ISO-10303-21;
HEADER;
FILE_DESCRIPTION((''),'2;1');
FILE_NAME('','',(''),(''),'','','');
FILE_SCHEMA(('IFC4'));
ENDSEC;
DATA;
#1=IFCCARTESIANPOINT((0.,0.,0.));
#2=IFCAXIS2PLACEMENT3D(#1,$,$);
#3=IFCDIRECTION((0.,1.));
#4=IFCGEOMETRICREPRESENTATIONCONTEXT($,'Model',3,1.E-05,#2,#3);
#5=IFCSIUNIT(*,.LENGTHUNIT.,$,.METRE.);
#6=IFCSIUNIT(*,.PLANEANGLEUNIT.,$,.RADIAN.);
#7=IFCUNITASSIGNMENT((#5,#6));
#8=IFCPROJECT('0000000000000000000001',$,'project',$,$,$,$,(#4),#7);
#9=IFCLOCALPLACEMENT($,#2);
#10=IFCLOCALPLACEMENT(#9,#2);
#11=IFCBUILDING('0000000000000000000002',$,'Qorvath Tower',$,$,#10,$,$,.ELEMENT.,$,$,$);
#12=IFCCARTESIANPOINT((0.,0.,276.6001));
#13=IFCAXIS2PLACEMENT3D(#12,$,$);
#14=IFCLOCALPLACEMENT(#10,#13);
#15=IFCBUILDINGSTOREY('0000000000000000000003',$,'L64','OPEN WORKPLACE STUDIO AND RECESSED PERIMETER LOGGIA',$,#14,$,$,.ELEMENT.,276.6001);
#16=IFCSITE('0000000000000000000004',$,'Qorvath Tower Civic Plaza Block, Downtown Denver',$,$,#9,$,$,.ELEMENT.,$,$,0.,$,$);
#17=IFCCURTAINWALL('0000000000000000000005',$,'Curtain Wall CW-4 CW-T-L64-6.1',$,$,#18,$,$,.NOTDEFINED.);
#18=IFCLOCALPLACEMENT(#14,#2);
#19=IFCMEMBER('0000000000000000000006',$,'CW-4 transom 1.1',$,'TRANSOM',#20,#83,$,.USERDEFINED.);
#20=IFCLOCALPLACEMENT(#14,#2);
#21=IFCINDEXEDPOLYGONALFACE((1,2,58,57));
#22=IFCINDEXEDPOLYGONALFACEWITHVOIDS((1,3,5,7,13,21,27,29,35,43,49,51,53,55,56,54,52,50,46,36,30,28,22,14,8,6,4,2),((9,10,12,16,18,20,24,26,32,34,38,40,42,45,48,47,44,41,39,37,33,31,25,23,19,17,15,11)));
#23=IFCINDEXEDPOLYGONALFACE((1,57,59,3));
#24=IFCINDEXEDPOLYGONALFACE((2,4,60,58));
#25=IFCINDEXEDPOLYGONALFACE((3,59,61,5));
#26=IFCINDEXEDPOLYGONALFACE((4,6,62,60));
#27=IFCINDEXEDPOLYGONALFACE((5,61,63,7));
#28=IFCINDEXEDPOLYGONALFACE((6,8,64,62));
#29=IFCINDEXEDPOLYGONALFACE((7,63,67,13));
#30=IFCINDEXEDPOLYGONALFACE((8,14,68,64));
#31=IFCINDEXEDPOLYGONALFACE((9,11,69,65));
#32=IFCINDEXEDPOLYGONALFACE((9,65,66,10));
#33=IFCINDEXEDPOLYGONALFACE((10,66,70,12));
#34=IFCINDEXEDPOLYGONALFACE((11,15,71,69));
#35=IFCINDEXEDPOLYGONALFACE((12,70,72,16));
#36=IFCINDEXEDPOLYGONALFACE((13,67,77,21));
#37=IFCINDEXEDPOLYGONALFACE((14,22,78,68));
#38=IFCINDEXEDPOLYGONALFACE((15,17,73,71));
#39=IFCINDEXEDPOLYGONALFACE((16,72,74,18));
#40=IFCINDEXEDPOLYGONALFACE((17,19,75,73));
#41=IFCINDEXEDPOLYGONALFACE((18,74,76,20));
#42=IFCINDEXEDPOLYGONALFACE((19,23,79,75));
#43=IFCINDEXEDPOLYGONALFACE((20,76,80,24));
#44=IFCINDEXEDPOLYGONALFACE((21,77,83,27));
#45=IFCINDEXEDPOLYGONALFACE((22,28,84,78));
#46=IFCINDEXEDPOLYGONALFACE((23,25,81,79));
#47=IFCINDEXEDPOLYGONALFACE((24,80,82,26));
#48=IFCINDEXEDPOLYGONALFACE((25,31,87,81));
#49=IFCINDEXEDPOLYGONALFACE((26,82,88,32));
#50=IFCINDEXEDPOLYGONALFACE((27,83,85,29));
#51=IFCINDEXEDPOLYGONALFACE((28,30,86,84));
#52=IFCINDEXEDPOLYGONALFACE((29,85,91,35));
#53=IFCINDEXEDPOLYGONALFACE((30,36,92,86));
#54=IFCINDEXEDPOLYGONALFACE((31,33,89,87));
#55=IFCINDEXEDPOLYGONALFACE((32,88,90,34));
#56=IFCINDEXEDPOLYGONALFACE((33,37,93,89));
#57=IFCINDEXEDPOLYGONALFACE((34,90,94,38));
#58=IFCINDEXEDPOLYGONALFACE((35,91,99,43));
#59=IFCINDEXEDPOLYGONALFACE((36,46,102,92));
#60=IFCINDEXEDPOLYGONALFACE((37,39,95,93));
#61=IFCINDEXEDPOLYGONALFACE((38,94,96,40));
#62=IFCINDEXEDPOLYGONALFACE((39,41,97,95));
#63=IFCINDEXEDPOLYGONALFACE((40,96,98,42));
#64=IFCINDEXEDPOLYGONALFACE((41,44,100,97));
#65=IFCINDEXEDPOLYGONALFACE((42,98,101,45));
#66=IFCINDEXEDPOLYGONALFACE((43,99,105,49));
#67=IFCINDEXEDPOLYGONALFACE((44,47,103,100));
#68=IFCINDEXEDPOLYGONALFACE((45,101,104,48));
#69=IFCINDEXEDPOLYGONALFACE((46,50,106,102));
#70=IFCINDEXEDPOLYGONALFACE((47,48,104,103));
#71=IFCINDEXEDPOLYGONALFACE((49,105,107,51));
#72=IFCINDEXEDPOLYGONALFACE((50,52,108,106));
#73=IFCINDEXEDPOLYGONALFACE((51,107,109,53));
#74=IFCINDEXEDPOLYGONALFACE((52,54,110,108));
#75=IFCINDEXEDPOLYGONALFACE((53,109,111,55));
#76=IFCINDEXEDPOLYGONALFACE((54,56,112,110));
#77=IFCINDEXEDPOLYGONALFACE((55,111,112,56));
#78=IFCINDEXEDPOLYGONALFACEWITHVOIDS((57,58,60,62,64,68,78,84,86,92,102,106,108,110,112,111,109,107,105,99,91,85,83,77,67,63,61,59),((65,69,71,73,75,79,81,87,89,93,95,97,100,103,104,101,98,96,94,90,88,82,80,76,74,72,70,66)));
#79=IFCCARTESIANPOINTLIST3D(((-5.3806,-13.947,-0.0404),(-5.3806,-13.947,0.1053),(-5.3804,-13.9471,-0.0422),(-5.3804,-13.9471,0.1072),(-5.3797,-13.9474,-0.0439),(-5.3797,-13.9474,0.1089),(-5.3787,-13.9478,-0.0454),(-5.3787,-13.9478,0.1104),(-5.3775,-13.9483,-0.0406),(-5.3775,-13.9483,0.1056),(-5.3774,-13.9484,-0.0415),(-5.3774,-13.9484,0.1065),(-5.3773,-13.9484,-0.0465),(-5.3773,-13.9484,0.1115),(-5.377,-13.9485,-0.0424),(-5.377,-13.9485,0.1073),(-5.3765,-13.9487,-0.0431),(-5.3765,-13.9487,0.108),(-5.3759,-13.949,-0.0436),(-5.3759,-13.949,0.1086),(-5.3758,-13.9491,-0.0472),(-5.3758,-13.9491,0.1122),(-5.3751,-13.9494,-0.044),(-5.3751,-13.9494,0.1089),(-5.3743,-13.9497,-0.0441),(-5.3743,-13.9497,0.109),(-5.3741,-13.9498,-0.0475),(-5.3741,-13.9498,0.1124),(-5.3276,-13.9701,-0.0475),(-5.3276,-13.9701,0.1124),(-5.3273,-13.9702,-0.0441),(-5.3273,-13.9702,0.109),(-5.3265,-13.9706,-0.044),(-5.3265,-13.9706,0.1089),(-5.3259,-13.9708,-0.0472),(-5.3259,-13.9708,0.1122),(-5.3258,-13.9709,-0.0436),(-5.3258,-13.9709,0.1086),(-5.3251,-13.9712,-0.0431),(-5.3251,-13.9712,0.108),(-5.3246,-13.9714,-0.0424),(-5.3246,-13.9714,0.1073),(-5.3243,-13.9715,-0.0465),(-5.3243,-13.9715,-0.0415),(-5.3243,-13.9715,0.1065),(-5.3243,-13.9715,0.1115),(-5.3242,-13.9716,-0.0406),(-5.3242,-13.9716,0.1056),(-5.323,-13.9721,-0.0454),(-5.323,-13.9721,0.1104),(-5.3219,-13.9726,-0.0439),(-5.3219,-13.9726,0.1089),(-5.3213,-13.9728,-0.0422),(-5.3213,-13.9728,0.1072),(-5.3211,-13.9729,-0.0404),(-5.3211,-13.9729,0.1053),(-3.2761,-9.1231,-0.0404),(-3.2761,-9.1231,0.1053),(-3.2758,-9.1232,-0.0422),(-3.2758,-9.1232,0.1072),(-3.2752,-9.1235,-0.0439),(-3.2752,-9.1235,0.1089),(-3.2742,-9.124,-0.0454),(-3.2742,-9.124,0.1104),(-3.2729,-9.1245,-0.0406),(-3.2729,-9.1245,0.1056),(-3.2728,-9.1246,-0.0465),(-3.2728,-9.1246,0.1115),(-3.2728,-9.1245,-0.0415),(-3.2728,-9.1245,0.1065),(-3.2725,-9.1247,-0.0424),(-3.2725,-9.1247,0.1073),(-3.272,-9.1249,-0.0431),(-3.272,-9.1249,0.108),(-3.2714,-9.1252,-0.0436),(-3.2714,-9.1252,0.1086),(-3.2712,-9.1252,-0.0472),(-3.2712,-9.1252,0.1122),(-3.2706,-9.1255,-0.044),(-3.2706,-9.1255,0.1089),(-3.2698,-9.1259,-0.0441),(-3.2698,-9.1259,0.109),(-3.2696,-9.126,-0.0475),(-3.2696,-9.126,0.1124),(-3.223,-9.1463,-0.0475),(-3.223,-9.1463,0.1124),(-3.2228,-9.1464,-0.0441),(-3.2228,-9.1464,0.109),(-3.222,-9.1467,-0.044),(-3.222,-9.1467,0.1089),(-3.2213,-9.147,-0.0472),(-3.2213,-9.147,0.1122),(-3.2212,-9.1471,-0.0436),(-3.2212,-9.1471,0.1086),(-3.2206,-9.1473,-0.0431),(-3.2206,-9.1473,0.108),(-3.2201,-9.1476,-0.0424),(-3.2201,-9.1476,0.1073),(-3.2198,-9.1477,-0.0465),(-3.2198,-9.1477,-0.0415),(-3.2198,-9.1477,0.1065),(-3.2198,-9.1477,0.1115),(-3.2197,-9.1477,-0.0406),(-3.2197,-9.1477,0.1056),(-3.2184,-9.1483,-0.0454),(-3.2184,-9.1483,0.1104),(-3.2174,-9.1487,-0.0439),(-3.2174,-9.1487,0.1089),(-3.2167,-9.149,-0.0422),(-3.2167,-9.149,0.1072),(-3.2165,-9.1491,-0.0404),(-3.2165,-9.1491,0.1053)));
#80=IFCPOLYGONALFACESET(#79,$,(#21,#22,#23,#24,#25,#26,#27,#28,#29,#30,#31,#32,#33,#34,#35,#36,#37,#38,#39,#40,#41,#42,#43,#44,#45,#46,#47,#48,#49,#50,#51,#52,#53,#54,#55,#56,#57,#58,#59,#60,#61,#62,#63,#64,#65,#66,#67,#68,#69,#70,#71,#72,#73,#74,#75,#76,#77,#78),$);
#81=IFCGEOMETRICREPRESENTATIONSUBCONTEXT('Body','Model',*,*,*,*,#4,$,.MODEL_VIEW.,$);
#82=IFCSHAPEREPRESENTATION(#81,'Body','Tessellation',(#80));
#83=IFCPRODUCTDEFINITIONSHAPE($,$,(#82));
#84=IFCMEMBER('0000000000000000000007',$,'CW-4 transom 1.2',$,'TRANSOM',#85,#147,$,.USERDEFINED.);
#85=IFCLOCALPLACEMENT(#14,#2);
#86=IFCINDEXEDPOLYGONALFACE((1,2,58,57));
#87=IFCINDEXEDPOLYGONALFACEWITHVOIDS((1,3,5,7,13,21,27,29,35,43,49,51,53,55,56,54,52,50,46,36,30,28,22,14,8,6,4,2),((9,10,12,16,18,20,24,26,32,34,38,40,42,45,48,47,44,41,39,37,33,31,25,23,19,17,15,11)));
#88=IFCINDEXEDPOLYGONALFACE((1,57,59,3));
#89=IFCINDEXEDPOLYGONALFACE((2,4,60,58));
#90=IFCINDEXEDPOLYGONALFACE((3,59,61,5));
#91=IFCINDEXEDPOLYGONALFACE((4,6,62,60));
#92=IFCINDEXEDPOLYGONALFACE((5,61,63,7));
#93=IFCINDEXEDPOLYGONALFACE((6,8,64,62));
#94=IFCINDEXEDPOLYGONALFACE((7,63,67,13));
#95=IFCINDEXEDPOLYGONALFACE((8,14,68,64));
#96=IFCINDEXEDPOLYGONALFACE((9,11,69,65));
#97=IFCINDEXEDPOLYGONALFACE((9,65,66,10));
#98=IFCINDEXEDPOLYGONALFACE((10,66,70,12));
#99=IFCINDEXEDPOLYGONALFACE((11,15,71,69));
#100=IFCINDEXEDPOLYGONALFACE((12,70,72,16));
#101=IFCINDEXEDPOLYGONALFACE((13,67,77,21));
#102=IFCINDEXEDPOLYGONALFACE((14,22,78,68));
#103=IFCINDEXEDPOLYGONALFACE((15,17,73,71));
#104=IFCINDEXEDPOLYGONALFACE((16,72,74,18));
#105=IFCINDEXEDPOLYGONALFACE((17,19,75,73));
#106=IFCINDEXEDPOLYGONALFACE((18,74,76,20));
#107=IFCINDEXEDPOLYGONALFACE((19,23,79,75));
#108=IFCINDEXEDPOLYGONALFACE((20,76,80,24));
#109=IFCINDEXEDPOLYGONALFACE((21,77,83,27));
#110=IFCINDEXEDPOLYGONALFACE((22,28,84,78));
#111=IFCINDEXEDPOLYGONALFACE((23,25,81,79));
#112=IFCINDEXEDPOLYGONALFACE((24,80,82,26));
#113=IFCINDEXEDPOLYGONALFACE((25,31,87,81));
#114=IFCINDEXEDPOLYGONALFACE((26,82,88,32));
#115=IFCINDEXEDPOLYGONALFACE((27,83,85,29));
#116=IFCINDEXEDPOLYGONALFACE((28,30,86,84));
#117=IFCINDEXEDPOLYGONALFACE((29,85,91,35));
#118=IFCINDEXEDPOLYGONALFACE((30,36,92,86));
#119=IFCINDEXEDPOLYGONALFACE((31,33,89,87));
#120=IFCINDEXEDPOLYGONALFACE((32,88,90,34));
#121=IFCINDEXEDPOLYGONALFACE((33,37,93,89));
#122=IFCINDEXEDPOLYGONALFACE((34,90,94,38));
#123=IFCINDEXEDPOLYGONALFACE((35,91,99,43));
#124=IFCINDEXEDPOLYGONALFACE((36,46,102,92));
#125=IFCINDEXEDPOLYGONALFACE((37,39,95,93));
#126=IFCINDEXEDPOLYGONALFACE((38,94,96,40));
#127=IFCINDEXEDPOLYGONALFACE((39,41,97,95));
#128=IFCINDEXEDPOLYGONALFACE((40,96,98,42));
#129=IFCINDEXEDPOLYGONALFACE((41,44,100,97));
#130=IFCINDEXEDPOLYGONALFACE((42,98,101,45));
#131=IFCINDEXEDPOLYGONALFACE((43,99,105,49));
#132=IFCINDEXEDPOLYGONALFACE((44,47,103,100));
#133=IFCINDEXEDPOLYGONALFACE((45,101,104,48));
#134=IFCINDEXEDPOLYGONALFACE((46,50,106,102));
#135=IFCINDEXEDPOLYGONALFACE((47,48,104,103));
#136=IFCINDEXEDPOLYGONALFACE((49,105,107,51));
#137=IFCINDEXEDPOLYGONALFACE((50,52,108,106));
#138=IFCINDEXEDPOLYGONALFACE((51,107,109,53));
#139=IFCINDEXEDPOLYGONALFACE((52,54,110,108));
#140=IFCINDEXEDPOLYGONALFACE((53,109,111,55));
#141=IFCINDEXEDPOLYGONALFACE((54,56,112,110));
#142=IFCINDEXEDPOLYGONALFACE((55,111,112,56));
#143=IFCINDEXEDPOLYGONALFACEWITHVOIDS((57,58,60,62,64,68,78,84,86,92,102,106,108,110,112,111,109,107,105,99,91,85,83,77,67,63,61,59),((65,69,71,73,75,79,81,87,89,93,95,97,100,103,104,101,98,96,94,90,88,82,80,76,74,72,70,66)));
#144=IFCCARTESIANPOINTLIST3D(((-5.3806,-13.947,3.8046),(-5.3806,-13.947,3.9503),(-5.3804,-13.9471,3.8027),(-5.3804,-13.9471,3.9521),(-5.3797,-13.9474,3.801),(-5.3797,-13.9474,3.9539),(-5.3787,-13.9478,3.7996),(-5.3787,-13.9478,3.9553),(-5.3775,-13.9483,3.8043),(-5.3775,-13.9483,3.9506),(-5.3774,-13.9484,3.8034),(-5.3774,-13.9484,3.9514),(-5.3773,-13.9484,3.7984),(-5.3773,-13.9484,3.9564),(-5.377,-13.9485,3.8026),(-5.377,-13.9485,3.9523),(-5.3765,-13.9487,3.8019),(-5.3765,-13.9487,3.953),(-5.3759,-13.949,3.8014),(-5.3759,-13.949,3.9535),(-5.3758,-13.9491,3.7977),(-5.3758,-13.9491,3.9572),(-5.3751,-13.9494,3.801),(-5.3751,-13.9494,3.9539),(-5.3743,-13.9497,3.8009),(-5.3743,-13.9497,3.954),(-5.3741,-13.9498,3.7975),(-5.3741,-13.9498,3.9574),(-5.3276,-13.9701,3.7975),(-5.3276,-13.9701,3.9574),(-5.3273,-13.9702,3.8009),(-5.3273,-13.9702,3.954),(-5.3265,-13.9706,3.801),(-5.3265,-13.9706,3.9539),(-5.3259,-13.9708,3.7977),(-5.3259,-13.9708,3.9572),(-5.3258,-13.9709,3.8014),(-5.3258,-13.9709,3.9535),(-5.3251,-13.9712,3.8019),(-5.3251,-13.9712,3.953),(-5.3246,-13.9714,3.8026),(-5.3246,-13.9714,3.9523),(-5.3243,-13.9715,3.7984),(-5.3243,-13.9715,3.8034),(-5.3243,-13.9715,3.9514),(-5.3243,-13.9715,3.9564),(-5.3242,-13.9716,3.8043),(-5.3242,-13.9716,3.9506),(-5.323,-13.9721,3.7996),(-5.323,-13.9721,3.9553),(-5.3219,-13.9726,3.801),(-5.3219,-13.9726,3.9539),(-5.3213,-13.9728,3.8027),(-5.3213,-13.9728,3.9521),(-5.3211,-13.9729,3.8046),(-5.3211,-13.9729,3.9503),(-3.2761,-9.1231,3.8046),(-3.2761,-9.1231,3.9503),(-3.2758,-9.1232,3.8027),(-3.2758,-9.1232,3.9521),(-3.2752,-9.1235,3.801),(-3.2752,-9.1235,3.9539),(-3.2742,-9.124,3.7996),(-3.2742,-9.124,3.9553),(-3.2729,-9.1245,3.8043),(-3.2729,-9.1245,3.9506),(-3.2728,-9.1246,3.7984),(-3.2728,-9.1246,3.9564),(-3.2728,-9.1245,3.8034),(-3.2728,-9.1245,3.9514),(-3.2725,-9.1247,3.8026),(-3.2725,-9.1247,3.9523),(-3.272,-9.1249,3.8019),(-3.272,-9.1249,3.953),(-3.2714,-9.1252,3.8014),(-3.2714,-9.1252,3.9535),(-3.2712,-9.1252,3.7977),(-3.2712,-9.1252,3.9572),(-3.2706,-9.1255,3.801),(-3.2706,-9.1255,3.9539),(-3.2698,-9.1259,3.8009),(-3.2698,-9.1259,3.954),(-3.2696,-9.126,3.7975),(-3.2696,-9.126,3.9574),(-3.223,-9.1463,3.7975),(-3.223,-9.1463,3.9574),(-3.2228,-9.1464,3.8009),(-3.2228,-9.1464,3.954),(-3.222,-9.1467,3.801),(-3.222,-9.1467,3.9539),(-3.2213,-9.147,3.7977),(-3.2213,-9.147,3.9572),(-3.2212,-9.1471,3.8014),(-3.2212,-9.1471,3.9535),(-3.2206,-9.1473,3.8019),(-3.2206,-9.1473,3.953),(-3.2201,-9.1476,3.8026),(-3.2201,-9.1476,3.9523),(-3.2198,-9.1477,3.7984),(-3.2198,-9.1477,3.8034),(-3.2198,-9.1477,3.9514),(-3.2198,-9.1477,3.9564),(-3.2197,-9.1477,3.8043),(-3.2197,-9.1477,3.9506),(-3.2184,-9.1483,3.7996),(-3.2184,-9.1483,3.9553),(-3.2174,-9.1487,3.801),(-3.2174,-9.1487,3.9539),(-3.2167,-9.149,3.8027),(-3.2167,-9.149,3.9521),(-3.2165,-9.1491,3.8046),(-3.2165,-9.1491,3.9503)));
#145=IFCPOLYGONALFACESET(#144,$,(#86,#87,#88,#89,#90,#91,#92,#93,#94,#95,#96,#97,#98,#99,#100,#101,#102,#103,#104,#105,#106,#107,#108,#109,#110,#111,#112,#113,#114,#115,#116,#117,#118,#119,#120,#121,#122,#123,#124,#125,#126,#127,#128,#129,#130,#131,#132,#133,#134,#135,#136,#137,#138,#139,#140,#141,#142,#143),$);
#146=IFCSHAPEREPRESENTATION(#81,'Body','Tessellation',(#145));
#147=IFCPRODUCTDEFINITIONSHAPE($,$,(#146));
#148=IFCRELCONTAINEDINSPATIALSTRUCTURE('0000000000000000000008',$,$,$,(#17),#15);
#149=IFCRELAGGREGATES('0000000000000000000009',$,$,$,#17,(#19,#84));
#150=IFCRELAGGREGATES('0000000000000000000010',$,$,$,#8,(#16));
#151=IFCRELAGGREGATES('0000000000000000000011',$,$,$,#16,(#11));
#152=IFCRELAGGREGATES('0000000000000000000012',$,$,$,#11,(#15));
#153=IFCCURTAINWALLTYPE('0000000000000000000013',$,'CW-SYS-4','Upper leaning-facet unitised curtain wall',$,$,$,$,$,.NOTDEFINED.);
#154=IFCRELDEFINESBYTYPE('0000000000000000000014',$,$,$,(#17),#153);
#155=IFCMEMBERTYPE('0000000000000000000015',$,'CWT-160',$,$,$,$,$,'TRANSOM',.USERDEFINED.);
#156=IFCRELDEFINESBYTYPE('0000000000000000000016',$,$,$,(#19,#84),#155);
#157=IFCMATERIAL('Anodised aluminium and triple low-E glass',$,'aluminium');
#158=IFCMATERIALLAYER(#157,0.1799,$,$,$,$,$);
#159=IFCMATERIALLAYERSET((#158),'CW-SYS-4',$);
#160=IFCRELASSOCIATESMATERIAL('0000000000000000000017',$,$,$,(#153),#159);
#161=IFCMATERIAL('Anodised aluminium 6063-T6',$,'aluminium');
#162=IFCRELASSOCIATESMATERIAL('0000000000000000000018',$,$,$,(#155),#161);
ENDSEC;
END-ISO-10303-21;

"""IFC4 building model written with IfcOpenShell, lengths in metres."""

from ifc_helpers import new_model, si_unit, direction, frame, origin, origin_2d, place, context, subcontext, project, spatial, hollow_rectangle, extrude, material, layer, layer_set, material_profile, profile_set, type_object, element, aggregate, save


model = new_model("IFC4")

# Units and contexts
model_context = context("Model", 3, precision=1e-05, world=origin(), true_north=direction((0.0, 1.0)))
body_context = subcontext(model_context, "Body", "Model", "MODEL_VIEW")
ifc_project = project(units=[si_unit("LENGTHUNIT", "METRE"), si_unit("PLANEANGLEUNIT", "RADIAN")], contexts=[model_context])

# Site, building, storey
site_placement = place(None, origin())
site = spatial("IfcSite", under=ifc_project, at=site_placement, Name="Qorvath Tower Civic Plaza Block, Downtown Denver", CompositionType="ELEMENT", RefElevation=0.0)
building_placement = place(site_placement, origin())
building = spatial("IfcBuilding", under=site, at=building_placement, Name="Qorvath Tower", CompositionType="ELEMENT")
storey_placement = place(building_placement, frame((0.0, 0.0, 276.6001)))
storey = spatial("IfcBuildingStorey", under=building, at=storey_placement, Name="L64", Description="OPEN WORKPLACE STUDIO AND RECESSED PERIMETER LOGGIA", CompositionType="ELEMENT", Elevation=276.6001)

# Shared definitions
ifc_material_1 = material(Name="Anodised aluminium and triple low-E glass", Category="aluminium")
ifc_layer_1 = layer(ifc_material_1, 0.1799)
ifc_layer_set_1 = layer_set([ifc_layer_1], Name="CW-SYS-4")
curtain_wall_type = type_object("IfcCurtainWallType", Name="CW-SYS-4", Description="Upper leaning-facet unitised curtain wall", PredefinedType="NOTDEFINED", material=ifc_layer_set_1)

# Curtain wall
curtain_wall_1_placement = place(storey_placement, origin())
curtain_wall_1 = element("IfcCurtainWall", 1, at=curtain_wall_1_placement, inside=storey, type_object=curtain_wall_type, Name="Curtain Wall CW-4 CW-T-L64-6.1", PredefinedType="NOTDEFINED")

# Members
ifc_material_2 = material(Name="Anodised aluminium 6063-T6", Category="aluminium")
ifc_material_profile_1 = material_profile(ifc_material_2, hollow_rectangle(XDim=0.0649, YDim=0.1599, WallThickness=0.0034, InnerFilletRadius=0.0034, OuterFilletRadius=0.0071, at=origin_2d()), Name="CWT 160x65")
ifc_profile_set_1 = profile_set([ifc_material_profile_1], Name="Anodised aluminium 6063-T6")
member_type_1 = type_object("IfcMemberType", Name="CWT-160", ElementType="TRANSOM", PredefinedType="USERDEFINED", material=ifc_profile_set_1)
member_1_placement = place(storey_placement, frame((-5.3508, -13.96, 0.0325), z_axis=(0.399879, 0.916568, 0.0), x_axis=(-0.916568, 0.399879, 0.0)))
member_1 = element("IfcMember", 2, at=member_1_placement, type_object=member_type_1, Name="CW-4 transom 1.1", ObjectType="TRANSOM", PredefinedType="USERDEFINED", context=body_context, shape_type="SweptSolid", body=[
    extrude(hollow_rectangle(XDim=0.0649, YDim=0.1599, WallThickness=0.0034, InnerFilletRadius=0.0034, OuterFilletRadius=0.0071, at=origin_2d()), origin(), (0.0, 0.0, 1.0), 5.2629),
])
member_2_placement = place(storey_placement, frame((-5.3508, -13.96, 3.8774), z_axis=(0.399879, 0.916568, 0.0), x_axis=(-0.916568, 0.399879, 0.0)))
member_2 = element("IfcMember", 3, at=member_2_placement, type_object=member_type_1, Name="CW-4 transom 1.2", ObjectType="TRANSOM", PredefinedType="USERDEFINED", context=body_context, shape_type="SweptSolid", body=[
    extrude(hollow_rectangle(XDim=0.0649, YDim=0.1599, WallThickness=0.0034, InnerFilletRadius=0.0034, OuterFilletRadius=0.0071, at=origin_2d()), origin(), (0.0, 0.0, 1.0), 5.2629),
])

aggregate(curtain_wall_1, [member_1, member_2])

save(model, "model.ifc")
